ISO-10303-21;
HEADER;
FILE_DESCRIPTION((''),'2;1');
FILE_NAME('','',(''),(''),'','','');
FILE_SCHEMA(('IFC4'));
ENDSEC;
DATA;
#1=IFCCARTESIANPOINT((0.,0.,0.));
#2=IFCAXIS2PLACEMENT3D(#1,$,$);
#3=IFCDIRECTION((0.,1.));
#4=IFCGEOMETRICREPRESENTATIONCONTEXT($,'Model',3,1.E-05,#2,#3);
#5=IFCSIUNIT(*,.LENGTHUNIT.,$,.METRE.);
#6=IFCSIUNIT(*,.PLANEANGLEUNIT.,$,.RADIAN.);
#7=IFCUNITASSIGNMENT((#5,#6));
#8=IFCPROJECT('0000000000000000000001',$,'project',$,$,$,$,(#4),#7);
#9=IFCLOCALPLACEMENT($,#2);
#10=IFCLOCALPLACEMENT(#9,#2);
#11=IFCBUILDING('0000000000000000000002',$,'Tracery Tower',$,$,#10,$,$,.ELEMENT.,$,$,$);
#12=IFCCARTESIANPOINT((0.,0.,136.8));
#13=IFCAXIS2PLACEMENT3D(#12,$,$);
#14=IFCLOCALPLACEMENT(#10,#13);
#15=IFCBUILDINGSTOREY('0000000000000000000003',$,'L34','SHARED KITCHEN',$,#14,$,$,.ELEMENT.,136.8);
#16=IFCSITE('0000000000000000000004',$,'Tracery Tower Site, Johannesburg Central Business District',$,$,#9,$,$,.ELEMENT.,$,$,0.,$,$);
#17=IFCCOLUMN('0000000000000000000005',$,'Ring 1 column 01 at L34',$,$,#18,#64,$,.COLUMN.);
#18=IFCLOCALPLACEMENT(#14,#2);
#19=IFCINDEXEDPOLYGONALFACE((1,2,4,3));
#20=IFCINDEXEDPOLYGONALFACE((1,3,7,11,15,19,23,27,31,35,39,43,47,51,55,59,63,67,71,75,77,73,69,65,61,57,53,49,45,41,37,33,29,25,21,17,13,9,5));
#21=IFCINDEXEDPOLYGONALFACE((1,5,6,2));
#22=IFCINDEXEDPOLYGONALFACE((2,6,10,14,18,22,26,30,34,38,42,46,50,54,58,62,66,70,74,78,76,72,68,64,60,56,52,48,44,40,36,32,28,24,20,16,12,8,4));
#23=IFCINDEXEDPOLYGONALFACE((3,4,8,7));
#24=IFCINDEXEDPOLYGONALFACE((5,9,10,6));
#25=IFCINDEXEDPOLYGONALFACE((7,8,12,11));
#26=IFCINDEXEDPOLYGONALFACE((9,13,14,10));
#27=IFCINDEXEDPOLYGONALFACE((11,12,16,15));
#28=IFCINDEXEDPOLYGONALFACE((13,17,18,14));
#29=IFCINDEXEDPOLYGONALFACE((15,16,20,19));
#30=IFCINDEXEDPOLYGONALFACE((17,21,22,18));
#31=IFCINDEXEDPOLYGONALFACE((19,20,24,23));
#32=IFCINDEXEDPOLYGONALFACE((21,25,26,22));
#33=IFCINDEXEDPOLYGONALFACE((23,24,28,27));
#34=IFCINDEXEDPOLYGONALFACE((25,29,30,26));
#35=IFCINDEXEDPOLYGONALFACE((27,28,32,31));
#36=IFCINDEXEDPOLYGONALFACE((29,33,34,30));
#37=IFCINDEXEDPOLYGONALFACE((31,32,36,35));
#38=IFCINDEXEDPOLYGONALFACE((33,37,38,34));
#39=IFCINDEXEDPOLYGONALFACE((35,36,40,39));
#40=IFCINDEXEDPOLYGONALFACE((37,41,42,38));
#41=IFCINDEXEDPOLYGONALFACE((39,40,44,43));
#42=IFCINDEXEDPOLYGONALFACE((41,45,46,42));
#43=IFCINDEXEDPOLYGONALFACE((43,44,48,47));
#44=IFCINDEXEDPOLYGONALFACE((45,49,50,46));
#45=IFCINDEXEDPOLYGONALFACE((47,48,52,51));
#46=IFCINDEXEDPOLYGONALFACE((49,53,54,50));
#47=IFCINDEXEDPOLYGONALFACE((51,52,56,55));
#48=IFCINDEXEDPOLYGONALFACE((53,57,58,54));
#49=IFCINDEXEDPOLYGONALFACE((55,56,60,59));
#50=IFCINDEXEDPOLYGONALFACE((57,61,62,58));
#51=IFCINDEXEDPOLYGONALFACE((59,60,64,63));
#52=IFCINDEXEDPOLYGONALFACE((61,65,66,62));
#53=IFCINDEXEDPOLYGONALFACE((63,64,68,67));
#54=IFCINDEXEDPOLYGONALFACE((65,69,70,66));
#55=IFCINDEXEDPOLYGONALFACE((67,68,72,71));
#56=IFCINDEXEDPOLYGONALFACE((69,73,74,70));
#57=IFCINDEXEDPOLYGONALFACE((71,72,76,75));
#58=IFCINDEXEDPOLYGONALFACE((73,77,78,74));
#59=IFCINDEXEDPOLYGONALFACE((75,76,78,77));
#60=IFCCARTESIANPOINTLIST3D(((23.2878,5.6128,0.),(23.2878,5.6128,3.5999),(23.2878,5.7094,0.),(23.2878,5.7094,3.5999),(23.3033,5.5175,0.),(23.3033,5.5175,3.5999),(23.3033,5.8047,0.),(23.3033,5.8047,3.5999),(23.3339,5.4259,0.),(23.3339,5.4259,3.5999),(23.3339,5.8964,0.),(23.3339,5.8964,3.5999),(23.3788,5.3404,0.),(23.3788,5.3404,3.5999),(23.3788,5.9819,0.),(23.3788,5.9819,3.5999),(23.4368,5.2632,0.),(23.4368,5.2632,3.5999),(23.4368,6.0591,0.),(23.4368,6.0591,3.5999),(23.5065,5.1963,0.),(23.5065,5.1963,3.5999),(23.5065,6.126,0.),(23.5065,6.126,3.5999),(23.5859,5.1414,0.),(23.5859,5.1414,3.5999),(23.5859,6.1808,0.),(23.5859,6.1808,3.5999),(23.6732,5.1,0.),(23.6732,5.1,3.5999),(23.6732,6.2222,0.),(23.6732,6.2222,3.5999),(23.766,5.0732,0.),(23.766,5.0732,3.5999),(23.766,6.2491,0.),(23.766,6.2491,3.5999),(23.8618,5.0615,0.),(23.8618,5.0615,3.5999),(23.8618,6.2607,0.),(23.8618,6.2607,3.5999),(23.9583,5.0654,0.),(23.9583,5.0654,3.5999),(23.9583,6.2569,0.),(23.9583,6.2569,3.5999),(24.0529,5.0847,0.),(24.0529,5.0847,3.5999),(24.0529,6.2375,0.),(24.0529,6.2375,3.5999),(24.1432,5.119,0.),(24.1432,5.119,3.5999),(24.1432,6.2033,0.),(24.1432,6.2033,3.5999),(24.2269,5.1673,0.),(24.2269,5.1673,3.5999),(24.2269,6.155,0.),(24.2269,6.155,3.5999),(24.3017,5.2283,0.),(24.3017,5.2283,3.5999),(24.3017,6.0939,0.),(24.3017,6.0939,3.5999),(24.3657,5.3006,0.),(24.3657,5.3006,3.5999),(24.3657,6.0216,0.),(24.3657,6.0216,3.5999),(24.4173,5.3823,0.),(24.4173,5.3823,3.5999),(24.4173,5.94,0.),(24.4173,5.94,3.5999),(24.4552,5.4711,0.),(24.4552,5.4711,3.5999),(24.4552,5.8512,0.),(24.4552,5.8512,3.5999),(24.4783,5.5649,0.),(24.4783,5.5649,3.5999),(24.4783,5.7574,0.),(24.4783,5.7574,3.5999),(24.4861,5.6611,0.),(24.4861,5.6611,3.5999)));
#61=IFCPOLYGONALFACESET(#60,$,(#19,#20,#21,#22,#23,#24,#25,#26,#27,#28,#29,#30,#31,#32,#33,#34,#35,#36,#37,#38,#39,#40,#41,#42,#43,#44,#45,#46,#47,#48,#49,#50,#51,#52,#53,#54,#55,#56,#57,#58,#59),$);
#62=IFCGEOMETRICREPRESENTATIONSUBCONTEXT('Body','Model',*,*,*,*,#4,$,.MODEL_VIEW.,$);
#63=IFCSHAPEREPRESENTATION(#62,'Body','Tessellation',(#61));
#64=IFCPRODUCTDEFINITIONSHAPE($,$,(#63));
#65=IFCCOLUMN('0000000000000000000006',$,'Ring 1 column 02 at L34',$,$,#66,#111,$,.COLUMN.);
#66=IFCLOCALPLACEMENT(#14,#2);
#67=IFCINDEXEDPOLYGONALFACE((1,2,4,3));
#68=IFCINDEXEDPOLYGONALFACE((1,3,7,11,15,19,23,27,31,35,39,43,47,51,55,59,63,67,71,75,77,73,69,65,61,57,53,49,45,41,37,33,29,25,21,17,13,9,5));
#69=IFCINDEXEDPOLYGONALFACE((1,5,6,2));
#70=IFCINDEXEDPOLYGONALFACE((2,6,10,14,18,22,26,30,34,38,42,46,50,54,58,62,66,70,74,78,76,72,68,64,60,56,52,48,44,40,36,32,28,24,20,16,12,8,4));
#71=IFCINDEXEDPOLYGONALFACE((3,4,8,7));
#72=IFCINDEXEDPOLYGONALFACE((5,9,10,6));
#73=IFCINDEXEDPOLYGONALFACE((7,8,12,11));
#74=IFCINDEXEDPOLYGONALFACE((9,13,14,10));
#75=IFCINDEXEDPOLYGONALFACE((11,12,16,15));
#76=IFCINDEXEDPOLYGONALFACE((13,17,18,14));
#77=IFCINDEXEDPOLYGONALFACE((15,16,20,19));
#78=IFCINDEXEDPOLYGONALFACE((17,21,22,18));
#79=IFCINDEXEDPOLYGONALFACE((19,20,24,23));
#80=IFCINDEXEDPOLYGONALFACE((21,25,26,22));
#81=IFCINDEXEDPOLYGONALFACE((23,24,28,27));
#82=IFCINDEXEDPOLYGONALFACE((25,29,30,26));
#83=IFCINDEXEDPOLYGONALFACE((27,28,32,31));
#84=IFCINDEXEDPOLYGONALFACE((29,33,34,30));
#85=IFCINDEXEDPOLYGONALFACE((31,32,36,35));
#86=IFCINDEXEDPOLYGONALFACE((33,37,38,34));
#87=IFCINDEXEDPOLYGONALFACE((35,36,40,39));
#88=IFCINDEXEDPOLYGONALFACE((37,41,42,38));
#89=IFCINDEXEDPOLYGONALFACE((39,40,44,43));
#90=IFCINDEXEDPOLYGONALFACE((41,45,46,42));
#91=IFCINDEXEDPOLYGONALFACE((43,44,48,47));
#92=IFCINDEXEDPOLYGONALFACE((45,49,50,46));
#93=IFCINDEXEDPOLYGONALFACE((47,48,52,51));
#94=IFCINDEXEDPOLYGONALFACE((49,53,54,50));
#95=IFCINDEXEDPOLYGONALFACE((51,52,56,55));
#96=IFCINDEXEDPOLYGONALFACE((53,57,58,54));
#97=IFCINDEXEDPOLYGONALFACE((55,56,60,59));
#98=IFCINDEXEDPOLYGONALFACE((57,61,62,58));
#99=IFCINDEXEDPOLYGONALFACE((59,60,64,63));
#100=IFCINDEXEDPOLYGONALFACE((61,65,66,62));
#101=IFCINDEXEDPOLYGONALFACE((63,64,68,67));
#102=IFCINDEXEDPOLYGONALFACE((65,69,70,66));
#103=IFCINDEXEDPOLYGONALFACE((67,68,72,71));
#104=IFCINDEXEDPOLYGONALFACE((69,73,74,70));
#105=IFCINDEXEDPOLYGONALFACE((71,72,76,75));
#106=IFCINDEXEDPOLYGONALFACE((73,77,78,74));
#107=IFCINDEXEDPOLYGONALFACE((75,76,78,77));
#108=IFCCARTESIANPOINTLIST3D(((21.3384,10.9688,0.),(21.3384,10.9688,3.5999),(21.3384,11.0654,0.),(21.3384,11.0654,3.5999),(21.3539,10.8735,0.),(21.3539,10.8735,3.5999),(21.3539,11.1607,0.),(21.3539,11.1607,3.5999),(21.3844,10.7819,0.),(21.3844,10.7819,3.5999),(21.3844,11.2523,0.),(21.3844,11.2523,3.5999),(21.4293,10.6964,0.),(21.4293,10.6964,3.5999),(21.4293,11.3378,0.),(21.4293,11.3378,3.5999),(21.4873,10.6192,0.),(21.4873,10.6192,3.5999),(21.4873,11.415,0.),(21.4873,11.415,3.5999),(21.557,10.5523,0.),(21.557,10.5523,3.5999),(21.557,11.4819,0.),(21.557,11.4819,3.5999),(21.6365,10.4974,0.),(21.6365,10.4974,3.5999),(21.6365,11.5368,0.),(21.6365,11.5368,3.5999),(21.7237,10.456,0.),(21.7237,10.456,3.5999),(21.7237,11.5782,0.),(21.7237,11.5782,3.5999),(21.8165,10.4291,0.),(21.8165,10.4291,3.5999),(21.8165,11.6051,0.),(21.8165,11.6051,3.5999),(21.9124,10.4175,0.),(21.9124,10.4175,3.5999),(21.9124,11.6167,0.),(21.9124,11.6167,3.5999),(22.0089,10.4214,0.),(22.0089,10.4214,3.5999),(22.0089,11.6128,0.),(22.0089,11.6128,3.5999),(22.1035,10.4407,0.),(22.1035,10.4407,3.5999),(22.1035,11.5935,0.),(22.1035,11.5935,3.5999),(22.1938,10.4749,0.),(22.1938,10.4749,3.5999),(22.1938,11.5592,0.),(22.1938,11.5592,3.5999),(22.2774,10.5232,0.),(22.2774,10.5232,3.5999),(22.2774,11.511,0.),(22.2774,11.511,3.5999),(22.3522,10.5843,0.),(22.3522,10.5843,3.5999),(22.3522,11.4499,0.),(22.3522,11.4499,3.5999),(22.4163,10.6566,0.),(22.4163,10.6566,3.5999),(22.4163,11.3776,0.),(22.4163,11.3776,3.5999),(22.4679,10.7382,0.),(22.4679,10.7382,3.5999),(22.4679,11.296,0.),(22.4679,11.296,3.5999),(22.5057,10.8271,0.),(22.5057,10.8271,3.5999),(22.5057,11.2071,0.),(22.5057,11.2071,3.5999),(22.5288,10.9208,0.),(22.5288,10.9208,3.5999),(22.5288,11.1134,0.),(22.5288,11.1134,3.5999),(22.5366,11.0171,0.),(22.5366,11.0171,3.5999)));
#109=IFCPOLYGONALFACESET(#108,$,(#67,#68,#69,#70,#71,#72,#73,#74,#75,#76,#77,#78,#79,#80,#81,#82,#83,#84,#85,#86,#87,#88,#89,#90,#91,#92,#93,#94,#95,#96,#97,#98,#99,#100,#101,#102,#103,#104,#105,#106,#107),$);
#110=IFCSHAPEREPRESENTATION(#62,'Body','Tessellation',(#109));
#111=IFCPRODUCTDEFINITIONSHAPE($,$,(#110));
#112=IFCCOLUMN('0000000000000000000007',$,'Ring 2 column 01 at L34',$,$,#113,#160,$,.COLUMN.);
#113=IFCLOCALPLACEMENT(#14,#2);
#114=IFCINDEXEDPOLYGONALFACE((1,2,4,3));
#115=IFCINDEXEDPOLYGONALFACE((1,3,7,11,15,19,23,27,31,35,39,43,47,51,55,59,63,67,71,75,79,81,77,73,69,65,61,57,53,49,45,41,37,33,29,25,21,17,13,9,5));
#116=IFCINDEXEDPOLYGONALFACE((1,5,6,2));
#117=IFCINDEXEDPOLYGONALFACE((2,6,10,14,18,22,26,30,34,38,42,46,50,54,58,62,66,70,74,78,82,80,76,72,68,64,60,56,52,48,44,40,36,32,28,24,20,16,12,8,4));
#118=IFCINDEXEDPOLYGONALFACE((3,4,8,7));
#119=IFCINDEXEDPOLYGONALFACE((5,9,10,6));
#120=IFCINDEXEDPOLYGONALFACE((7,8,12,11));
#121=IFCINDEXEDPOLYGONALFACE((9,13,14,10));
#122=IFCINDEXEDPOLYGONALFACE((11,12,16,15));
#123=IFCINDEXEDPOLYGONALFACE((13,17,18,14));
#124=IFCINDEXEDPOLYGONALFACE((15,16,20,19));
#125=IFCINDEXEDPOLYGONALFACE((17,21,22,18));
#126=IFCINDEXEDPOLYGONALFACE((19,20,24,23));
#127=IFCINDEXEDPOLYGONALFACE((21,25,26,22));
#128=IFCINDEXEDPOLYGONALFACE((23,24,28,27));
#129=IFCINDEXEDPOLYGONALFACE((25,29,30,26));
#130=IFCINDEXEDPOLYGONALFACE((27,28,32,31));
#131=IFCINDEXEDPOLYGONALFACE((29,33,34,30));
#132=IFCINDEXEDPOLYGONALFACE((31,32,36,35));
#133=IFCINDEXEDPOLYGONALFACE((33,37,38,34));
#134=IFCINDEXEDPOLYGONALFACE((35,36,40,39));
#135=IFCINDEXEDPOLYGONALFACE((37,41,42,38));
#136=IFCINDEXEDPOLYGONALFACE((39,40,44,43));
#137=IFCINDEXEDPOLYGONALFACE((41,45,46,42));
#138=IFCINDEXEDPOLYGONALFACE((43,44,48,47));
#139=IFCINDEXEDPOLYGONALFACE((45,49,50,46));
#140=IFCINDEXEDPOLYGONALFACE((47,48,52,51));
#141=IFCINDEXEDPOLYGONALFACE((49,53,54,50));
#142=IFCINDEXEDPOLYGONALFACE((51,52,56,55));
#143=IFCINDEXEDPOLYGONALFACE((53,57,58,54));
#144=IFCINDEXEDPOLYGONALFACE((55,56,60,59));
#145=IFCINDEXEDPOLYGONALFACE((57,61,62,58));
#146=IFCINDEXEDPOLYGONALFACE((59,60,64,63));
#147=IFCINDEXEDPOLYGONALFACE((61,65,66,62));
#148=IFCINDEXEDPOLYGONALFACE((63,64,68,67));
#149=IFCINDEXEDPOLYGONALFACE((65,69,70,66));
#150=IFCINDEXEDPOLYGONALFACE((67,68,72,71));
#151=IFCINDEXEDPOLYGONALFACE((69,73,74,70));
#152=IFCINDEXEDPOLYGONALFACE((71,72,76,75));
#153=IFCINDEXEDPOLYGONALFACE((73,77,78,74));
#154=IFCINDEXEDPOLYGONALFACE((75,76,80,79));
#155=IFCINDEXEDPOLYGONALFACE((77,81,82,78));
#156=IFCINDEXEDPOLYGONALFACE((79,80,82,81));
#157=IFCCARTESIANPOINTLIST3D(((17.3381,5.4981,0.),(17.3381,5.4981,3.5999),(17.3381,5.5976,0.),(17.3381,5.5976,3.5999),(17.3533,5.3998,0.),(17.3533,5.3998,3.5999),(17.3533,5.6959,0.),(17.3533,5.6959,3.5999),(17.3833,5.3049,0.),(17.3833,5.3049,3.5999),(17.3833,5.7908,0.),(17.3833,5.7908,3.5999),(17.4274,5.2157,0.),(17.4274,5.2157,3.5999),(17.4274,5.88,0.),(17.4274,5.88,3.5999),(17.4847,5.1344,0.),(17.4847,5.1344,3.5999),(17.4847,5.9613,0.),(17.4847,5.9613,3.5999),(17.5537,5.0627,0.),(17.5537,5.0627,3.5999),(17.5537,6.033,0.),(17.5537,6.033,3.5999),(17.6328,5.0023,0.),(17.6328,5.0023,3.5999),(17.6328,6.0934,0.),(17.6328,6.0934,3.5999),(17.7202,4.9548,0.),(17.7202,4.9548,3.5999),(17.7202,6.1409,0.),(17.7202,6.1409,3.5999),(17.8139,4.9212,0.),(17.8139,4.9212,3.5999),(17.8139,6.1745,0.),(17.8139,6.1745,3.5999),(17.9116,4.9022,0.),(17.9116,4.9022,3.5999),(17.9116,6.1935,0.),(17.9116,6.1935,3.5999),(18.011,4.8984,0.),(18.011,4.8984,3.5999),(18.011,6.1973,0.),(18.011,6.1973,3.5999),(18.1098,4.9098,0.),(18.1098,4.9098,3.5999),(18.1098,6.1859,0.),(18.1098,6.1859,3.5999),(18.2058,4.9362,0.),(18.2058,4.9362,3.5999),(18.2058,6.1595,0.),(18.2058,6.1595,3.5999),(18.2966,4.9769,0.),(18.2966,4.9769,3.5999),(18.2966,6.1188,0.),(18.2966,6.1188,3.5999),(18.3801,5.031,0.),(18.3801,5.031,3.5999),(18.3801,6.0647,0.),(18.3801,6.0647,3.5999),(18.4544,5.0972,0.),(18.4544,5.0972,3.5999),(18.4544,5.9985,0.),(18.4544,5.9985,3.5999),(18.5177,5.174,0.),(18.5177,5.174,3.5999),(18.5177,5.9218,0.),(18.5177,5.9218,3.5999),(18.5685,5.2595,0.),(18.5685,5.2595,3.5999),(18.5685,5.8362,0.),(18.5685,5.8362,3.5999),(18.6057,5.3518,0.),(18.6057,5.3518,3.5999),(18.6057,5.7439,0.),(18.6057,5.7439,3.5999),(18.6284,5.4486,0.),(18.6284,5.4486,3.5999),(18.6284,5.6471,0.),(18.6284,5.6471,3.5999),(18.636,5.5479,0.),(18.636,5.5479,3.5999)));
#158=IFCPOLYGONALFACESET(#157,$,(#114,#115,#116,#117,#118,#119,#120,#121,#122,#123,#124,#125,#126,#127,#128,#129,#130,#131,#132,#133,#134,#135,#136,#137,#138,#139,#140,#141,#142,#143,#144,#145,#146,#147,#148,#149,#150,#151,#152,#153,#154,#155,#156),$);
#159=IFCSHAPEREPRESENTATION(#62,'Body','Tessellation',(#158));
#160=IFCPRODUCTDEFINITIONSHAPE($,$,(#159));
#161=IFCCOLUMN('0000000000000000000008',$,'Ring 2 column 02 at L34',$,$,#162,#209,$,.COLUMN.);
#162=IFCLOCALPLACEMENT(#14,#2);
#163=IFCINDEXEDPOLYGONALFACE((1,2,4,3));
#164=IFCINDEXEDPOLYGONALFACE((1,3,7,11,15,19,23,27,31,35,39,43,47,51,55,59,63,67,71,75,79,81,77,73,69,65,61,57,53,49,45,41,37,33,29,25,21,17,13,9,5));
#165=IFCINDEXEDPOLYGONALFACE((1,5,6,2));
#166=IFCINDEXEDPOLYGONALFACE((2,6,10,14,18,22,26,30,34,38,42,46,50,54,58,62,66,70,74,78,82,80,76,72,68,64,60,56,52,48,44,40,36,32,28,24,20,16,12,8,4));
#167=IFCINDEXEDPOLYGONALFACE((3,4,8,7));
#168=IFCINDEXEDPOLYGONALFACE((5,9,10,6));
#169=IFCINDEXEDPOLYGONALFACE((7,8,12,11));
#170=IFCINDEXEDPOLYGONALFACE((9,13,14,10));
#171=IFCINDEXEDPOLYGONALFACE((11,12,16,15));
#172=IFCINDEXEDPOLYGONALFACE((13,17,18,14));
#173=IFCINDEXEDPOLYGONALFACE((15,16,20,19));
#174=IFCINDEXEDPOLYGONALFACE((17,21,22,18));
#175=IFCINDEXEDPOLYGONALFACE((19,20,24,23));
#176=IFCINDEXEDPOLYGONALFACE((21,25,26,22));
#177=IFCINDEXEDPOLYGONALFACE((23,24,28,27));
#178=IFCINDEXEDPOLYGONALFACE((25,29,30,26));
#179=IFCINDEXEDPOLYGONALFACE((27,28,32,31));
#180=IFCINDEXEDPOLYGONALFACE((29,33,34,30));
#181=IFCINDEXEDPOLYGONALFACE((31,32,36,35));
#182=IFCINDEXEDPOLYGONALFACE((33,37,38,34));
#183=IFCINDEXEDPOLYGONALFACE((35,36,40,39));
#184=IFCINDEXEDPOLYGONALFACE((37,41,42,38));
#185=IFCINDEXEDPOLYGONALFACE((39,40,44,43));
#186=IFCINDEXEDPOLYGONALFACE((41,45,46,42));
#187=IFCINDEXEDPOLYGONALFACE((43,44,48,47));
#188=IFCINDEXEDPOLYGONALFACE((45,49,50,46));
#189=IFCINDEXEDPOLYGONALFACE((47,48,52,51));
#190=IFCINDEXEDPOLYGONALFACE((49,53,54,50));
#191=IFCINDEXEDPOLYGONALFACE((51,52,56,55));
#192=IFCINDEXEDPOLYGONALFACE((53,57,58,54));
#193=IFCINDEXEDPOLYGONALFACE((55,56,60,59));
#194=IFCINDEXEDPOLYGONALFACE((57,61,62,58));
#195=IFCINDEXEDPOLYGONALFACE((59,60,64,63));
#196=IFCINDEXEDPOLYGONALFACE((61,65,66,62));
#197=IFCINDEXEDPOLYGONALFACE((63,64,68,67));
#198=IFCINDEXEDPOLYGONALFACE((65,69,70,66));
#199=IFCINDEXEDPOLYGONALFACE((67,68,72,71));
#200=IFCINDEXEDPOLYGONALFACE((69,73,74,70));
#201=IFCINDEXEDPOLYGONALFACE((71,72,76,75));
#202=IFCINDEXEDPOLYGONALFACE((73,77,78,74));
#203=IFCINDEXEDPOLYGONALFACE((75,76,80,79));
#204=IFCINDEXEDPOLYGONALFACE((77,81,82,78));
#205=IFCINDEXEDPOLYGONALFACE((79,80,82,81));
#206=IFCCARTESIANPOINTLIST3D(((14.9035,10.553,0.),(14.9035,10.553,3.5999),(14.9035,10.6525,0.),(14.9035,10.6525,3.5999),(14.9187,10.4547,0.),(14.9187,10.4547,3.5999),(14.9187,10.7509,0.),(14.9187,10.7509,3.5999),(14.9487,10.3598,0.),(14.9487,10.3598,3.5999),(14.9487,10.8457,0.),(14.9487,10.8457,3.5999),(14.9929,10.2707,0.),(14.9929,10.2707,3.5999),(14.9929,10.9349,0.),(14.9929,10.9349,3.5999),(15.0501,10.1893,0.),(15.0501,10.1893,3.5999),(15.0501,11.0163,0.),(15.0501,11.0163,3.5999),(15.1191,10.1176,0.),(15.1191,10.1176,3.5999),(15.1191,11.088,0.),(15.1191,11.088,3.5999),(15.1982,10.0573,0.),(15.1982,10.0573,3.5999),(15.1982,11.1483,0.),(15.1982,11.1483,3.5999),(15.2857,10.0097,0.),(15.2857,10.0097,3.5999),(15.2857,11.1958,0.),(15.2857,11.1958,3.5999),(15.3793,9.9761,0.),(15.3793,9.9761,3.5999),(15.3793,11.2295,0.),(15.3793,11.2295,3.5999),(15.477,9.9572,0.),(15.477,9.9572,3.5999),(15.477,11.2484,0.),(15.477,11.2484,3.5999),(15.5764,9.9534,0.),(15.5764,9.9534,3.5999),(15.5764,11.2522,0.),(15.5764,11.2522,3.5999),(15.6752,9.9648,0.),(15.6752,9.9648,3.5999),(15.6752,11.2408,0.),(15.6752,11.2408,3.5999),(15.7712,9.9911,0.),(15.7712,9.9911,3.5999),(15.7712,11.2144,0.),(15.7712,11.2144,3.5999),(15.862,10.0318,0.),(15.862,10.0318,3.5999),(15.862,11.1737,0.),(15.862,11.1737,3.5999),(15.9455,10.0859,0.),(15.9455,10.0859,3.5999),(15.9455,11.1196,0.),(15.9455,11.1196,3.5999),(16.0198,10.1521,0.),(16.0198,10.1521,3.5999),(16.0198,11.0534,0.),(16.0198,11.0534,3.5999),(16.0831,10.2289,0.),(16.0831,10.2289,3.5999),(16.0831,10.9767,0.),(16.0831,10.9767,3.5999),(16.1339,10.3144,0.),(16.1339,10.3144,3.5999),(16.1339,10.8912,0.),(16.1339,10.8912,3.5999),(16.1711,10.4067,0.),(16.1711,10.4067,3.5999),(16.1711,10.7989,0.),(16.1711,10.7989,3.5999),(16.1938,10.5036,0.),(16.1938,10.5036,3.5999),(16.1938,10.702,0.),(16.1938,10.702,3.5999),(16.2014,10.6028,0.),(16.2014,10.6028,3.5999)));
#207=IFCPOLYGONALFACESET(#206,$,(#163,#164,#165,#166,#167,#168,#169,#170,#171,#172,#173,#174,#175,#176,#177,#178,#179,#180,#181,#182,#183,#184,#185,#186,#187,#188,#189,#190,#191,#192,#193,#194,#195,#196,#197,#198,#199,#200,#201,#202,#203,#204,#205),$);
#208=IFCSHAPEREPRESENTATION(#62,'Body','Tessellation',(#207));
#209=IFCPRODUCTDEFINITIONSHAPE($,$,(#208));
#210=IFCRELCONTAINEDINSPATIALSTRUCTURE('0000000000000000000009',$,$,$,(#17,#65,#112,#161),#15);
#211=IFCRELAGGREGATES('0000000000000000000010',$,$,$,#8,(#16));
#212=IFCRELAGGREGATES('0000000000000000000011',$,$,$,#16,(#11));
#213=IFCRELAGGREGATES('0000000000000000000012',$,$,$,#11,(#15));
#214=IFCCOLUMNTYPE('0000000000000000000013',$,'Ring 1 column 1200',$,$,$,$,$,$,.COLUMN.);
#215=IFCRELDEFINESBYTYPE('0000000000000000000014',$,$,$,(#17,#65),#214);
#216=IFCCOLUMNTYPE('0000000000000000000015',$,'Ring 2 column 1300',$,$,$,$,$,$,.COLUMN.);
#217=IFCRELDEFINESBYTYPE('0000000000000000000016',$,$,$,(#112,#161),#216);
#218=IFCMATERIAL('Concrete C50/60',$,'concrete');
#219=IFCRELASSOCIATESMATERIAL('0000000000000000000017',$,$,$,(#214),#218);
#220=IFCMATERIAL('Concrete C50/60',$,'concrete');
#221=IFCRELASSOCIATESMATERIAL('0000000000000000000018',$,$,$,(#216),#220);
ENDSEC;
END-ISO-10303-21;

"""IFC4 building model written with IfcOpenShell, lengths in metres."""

from ifc_helpers import new_model, si_unit, direction, frame, origin, origin_2d, place, context, subcontext, project, spatial, circle, extrude, material, material_profile, profile_set, type_object, element, save


model = new_model("IFC4")

# Units and contexts
model_context = context("Model", 3, precision=1e-05, world=origin(), true_north=direction((0.0, 1.0)))
body_context = subcontext(model_context, "Body", "Model", "MODEL_VIEW")
ifc_project = project(units=[si_unit("LENGTHUNIT", "METRE"), si_unit("PLANEANGLEUNIT", "RADIAN")], contexts=[model_context])

# Site, building, storey
site_placement = place(None, origin())
site = spatial("IfcSite", under=ifc_project, at=site_placement, Name="Tracery Tower Site, Johannesburg Central Business District", CompositionType="ELEMENT", RefElevation=0.0)
building_placement = place(site_placement, origin())
building = spatial("IfcBuilding", under=site, at=building_placement, Name="Tracery Tower", CompositionType="ELEMENT")
storey_placement = place(building_placement, frame((0.0, 0.0, 136.8)))
storey = spatial("IfcBuildingStorey", under=building, at=storey_placement, Name="L34", Description="SHARED KITCHEN", CompositionType="ELEMENT", Elevation=136.8)

# Columns
ifc_material_1 = material(Name="Concrete C50/60", Category="concrete")
ifc_material_profile_1 = material_profile(ifc_material_1, circle(Radius=0.6001, at=origin_2d()), Name="RC D1200")
ifc_profile_set_1 = profile_set([ifc_material_profile_1], Name="Concrete C50/60")
column_type_1 = type_object("IfcColumnType", Name="Ring 1 column 1200", PredefinedType="COLUMN", material=ifc_profile_set_1)
for number, where, z_axis, x_axis, name in (
    (1, (23.886, 5.6611, 0.0), (0.0, 0.0, 1.0), (1.0, 0.0, 0.0), "Ring 1 column 01 at L34"),
    (2, (21.9365, 11.0171, 0.0), (0.0, 0.0, 1.0), (1.0, 0.0, 0.0), "Ring 1 column 02 at L34"),
):
    element("IfcColumn", number, at=place(storey_placement, frame(where, z_axis=z_axis, x_axis=x_axis)), inside=storey, type_object=column_type_1, Name=name, PredefinedType="COLUMN", context=body_context, shape_type="SweptSolid", body=[
        extrude(circle(Radius=0.6001, at=origin_2d()), origin(), (0.0, 0.0, 1.0), 3.5999),
    ])
ifc_material_2 = material(Name="Concrete C50/60", Category="concrete")
ifc_material_profile_2 = material_profile(ifc_material_2, circle(Radius=0.6499, at=origin_2d()), Name="RC D1300")
ifc_profile_set_2 = profile_set([ifc_material_profile_2], Name="Concrete C50/60")
column_type_2 = type_object("IfcColumnType", Name="Ring 2 column 1300", PredefinedType="COLUMN", material=ifc_profile_set_2)
for number, where, z_axis, x_axis, name in (
    (3, (17.9861, 5.5479, 0.0), (0.0, 0.0, 1.0), (1.0, 0.0, 0.0), "Ring 2 column 01 at L34"),
    (4, (15.5515, 10.6028, 0.0), (0.0, 0.0, 1.0), (1.0, 0.0, 0.0), "Ring 2 column 02 at L34"),
):
    element("IfcColumn", number, at=place(storey_placement, frame(where, z_axis=z_axis, x_axis=x_axis)), inside=storey, type_object=column_type_2, Name=name, PredefinedType="COLUMN", context=body_context, shape_type="SweptSolid", body=[
        extrude(circle(Radius=0.6499, at=origin_2d()), origin(), (0.0, 0.0, 1.0), 3.5999),
    ])

save(model, "model.ifc")
